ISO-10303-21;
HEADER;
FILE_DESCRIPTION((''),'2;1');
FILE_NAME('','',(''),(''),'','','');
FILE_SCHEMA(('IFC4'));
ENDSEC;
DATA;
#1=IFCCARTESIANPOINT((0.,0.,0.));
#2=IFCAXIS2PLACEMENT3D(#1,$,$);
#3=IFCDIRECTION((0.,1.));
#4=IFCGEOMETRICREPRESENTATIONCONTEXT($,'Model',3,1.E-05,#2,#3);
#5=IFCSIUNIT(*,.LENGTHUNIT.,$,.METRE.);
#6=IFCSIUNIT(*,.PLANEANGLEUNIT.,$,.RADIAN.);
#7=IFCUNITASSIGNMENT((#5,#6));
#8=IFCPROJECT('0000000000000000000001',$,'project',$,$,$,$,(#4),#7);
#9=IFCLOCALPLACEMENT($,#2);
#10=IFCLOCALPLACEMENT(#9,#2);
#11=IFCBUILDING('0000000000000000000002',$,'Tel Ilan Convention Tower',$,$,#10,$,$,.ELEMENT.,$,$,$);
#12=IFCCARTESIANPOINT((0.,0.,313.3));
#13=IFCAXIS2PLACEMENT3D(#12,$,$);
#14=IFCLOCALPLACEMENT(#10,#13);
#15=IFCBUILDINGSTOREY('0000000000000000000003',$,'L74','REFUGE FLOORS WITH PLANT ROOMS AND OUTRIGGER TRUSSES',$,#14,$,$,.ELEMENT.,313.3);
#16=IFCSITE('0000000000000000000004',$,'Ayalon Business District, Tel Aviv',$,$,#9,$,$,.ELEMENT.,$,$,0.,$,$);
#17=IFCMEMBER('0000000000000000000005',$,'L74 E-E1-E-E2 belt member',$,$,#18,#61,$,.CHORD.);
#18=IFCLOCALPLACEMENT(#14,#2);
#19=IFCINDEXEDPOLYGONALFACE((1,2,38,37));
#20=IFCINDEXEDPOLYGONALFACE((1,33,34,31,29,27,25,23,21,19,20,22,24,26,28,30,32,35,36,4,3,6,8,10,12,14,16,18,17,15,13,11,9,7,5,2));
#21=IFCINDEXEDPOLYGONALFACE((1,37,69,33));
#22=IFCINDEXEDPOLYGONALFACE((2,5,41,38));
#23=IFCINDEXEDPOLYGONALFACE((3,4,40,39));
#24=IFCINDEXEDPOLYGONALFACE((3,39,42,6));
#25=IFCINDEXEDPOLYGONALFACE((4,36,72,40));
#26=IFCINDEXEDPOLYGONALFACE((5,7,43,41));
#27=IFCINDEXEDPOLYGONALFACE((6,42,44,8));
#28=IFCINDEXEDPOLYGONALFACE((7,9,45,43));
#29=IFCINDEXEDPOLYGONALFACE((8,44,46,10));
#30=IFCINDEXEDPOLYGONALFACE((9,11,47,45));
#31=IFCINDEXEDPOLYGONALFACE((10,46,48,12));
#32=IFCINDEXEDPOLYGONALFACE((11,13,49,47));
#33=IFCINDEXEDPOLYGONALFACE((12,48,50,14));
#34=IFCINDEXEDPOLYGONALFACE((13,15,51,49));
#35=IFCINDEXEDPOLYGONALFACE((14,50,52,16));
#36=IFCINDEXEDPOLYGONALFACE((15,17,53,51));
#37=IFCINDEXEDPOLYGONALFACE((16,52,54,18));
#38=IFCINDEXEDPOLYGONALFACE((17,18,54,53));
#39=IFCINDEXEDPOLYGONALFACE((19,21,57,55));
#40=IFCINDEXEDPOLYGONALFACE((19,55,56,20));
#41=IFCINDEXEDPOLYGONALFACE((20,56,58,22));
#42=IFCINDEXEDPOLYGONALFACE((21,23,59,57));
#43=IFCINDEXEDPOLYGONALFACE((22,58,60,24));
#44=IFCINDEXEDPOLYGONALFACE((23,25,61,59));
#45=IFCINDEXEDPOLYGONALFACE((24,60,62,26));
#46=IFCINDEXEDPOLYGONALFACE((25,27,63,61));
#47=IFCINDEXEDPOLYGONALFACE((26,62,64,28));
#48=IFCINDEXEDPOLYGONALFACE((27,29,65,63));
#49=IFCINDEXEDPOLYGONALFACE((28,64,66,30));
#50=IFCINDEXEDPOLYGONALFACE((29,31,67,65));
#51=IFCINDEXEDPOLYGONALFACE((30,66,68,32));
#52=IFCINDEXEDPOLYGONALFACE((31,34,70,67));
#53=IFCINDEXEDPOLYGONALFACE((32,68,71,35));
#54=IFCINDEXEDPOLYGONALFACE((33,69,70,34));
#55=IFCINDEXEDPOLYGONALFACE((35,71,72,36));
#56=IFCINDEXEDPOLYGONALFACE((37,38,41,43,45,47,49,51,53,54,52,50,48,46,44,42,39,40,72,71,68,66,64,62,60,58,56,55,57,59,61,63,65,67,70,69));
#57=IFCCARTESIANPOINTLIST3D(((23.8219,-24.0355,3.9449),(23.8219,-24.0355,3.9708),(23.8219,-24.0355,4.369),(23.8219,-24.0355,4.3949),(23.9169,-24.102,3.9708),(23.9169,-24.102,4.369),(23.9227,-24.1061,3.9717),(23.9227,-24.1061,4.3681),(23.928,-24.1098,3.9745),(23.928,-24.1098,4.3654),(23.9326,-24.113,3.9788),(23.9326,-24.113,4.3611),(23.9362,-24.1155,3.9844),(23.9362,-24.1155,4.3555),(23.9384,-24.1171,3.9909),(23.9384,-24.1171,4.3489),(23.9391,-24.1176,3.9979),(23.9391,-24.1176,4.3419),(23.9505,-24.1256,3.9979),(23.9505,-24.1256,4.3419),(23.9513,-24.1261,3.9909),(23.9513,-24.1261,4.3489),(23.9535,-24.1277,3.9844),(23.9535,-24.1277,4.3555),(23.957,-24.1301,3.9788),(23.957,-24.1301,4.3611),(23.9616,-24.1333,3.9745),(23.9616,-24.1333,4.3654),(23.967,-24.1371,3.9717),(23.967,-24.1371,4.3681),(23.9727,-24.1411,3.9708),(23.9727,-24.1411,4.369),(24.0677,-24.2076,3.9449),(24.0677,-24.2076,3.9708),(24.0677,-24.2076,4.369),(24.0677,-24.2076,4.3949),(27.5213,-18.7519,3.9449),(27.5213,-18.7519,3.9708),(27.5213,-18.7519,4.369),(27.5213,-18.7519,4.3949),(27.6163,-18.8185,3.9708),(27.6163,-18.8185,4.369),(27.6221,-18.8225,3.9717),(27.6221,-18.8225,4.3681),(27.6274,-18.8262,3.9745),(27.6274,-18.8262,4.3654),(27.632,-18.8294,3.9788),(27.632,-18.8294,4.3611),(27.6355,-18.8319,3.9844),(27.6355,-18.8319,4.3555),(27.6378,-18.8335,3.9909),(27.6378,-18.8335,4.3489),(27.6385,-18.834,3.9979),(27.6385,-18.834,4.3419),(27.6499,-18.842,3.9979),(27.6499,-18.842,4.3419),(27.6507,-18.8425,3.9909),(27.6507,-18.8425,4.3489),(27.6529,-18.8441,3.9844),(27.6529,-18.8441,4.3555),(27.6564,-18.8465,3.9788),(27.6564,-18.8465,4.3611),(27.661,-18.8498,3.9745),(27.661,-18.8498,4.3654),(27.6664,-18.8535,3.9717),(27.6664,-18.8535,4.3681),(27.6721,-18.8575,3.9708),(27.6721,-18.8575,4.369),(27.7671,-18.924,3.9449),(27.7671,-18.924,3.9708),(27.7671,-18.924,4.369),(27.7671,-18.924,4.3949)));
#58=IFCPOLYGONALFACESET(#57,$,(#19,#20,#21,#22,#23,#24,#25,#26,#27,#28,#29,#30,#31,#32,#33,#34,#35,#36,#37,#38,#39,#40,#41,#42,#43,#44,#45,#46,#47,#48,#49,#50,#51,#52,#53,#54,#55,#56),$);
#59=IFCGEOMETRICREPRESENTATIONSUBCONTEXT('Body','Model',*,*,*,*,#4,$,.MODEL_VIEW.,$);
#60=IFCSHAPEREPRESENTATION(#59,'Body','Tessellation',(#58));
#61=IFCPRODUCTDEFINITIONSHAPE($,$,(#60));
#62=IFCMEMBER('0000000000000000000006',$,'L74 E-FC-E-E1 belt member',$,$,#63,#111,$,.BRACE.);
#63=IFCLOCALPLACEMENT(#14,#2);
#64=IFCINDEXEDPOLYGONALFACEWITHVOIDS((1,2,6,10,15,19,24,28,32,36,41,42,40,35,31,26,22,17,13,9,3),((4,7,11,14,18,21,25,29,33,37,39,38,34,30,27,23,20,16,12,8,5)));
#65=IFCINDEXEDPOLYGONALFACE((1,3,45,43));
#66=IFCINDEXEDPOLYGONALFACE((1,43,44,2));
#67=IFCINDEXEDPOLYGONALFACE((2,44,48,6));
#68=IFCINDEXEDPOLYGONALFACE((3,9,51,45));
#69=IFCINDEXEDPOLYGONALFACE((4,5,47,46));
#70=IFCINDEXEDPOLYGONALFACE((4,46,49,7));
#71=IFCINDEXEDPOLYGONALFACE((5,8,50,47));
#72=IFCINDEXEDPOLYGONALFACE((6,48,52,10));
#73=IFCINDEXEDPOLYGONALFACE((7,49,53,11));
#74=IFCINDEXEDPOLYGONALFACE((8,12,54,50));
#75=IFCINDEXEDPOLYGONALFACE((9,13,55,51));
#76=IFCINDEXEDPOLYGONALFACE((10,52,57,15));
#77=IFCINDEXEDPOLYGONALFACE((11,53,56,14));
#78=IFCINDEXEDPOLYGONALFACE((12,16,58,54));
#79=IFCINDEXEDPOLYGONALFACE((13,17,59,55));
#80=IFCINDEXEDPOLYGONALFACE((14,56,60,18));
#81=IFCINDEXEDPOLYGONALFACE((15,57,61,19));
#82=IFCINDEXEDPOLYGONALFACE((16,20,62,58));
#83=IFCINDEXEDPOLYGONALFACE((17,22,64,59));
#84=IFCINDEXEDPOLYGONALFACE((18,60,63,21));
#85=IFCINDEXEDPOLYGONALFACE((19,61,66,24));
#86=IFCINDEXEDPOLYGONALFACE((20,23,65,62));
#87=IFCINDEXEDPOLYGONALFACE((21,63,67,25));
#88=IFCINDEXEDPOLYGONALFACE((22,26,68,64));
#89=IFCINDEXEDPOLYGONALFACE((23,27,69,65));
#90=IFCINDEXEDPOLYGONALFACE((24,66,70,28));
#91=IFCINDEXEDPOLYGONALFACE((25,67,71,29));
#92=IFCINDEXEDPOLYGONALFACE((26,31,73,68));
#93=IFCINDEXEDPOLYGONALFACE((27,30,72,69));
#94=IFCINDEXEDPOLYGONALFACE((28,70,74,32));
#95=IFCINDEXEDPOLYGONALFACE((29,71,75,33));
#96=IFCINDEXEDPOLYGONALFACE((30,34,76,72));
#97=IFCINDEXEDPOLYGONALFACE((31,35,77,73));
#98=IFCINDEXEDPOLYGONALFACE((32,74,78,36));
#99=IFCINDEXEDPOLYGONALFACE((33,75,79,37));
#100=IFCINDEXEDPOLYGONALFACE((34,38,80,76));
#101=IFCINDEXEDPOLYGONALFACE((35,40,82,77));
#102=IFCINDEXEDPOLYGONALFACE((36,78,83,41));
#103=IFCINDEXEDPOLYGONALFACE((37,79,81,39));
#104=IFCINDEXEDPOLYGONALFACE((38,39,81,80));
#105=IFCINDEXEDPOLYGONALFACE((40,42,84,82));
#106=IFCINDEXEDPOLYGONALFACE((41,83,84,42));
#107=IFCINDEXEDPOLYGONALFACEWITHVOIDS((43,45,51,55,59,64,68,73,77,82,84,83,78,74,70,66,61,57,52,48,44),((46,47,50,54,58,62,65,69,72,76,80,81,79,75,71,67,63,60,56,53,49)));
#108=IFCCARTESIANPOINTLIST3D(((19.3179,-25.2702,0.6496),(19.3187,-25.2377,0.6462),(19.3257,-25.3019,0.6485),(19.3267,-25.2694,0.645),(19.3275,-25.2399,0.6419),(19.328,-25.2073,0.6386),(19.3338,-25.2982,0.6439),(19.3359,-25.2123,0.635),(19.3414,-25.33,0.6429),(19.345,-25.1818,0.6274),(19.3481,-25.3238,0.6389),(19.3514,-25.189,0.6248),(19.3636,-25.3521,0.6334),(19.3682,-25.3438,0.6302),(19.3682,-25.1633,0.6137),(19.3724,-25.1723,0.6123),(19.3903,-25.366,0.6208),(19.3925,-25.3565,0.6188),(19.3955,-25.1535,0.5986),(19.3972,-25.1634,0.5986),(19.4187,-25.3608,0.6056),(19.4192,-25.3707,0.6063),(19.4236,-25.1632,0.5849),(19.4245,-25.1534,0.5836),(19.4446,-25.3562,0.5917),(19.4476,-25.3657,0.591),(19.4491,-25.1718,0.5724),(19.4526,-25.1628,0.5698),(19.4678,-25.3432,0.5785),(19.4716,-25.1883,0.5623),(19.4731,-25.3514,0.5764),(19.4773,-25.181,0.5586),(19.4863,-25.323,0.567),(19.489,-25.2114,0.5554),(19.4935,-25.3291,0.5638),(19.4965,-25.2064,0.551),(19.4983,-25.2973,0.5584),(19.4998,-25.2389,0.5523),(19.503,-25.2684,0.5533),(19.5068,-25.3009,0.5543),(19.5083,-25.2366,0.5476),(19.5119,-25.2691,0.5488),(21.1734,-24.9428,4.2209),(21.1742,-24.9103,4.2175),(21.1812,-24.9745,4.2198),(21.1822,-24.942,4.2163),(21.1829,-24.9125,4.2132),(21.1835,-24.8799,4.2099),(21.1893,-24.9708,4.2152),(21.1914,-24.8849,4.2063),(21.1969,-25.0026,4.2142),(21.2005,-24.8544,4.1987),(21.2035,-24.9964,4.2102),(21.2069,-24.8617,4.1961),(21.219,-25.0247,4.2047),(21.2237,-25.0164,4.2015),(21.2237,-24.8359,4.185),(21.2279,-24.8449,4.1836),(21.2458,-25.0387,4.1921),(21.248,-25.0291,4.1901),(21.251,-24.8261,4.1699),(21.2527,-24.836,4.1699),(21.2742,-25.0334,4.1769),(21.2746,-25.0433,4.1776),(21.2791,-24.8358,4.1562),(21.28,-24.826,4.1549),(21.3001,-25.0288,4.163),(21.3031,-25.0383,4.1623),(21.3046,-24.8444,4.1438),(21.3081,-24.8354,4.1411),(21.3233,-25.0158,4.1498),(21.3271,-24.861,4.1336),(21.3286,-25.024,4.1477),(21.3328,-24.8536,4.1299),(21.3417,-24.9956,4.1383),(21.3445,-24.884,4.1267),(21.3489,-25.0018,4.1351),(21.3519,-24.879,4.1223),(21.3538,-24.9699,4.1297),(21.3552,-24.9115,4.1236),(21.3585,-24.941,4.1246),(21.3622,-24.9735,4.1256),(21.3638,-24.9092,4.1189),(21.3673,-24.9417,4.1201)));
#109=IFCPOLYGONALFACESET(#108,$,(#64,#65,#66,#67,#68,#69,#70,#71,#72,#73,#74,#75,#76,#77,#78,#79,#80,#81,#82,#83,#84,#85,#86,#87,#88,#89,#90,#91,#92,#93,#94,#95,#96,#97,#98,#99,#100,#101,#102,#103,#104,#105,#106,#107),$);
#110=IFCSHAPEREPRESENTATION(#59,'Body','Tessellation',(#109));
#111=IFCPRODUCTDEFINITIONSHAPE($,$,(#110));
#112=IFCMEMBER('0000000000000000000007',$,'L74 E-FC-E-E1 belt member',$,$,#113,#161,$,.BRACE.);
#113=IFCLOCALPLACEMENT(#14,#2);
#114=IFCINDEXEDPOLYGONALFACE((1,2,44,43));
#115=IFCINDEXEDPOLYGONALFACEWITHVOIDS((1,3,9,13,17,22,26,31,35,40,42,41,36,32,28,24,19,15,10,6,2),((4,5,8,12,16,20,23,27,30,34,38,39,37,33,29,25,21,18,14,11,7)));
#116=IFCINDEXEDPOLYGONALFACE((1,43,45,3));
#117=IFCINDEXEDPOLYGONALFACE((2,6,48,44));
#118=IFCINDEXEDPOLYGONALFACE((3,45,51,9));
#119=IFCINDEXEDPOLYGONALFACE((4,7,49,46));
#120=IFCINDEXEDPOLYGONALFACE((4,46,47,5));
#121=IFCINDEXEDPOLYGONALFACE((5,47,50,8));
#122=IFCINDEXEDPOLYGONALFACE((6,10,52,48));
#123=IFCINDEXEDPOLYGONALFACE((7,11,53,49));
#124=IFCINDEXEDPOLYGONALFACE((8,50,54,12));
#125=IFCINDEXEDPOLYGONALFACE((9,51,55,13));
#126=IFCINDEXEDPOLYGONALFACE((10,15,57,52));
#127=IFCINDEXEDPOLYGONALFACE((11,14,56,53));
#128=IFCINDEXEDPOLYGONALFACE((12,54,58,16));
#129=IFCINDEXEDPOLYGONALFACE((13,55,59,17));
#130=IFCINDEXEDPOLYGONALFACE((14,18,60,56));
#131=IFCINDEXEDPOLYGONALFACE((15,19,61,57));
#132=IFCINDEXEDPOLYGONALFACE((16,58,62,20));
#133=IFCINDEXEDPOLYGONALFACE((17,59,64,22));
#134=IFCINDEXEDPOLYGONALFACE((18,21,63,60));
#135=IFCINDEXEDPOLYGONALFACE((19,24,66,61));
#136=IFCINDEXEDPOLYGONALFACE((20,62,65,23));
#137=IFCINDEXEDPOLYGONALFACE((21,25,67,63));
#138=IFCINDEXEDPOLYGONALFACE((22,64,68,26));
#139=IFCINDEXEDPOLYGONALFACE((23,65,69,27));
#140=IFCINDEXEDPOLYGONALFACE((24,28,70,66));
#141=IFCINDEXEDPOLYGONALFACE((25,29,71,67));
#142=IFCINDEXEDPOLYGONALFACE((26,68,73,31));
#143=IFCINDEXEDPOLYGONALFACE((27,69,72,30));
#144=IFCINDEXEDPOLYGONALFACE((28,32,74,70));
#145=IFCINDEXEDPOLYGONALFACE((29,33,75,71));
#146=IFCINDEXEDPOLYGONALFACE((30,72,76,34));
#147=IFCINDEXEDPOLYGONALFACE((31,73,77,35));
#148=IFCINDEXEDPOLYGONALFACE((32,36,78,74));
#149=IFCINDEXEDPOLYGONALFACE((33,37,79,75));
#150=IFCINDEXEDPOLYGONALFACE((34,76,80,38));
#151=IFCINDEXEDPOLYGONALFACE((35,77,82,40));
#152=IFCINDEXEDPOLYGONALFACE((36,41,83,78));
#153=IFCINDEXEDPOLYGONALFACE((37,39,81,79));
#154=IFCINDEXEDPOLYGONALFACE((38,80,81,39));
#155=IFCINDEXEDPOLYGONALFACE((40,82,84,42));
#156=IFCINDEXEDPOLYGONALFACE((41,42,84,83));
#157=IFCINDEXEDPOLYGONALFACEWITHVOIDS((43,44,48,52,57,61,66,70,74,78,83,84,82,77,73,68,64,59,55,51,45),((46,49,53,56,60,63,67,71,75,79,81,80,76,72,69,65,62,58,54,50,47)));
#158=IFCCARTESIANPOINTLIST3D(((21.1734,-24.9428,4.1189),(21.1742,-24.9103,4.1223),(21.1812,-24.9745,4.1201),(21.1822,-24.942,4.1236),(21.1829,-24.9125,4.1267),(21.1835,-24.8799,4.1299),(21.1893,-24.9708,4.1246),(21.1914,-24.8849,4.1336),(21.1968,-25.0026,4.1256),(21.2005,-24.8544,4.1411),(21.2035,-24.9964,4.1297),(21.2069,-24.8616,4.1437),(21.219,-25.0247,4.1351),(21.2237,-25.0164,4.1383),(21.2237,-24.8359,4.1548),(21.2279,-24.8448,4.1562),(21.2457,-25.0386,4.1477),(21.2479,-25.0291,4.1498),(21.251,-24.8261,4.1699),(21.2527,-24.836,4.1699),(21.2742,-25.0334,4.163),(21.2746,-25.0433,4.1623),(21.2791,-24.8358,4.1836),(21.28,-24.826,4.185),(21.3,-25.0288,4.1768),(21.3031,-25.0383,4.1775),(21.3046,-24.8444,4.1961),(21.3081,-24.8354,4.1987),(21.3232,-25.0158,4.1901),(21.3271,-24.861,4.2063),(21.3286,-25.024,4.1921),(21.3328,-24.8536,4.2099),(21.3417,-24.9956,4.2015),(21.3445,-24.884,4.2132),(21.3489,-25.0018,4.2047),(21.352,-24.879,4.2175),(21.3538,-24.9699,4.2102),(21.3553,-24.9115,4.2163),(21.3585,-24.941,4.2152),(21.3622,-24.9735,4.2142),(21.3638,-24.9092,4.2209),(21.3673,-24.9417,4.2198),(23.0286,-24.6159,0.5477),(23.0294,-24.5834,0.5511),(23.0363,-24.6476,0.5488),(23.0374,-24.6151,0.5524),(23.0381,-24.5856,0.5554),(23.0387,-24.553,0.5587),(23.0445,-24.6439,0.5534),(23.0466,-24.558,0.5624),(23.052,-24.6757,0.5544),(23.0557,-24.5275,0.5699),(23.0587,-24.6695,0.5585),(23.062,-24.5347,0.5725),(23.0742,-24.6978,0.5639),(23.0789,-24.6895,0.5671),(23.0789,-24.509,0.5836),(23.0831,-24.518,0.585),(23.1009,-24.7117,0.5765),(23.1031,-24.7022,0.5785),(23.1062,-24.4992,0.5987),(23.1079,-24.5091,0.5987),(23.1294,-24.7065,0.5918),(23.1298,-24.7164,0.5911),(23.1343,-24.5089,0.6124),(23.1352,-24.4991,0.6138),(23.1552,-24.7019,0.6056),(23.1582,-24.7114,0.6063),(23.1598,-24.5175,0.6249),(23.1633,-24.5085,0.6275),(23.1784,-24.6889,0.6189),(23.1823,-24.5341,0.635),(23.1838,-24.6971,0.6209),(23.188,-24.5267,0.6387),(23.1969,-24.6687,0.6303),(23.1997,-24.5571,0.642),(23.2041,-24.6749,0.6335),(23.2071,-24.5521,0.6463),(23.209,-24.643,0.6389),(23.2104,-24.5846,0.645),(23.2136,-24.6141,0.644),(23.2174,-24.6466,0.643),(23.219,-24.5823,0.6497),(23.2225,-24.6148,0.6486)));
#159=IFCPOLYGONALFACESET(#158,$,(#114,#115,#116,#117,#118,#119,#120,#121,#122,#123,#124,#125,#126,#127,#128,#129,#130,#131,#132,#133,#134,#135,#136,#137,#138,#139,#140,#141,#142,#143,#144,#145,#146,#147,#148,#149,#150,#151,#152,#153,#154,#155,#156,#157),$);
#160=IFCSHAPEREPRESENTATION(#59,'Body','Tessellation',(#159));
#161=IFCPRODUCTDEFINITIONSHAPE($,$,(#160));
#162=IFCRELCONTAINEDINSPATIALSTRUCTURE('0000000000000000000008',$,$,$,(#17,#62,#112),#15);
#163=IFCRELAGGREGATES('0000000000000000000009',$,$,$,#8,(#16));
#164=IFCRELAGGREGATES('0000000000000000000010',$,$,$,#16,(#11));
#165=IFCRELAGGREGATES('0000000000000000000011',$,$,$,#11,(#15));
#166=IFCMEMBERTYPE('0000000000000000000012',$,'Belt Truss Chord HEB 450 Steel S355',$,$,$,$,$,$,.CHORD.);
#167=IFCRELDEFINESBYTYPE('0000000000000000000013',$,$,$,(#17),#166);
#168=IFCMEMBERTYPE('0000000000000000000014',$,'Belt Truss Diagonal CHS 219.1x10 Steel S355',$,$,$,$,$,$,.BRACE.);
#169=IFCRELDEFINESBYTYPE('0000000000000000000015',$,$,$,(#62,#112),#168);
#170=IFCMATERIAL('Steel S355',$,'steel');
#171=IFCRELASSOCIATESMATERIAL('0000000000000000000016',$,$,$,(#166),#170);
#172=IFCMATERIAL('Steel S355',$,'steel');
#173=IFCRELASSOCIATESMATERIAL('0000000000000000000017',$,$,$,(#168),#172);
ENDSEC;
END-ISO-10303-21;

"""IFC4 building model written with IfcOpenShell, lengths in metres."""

from ifc_helpers import new_model, si_unit, direction, frame, origin, origin_2d, place, context, subcontext, project, spatial, hollow_circle, i_section, extrude, material, material_profile, profile_set, type_object, element, save


model = new_model("IFC4")

# Units and contexts
model_context = context("Model", 3, precision=1e-05, world=origin(), true_north=direction((0.0, 1.0)))
body_context = subcontext(model_context, "Body", "Model", "MODEL_VIEW")
ifc_project = project(units=[si_unit("LENGTHUNIT", "METRE"), si_unit("PLANEANGLEUNIT", "RADIAN")], contexts=[model_context])

# Site, building, storey
site_placement = place(None, origin())
site = spatial("IfcSite", under=ifc_project, at=site_placement, Name="Ayalon Business District, Tel Aviv", CompositionType="ELEMENT", RefElevation=0.0)
building_placement = place(site_placement, origin())
building = spatial("IfcBuilding", under=site, at=building_placement, Name="Tel Ilan Convention Tower", CompositionType="ELEMENT")
storey_placement = place(building_placement, frame((0.0, 0.0, 313.3)))
storey = spatial("IfcBuildingStorey", under=building, at=storey_placement, Name="L74", Description="REFUGE FLOORS WITH PLANT ROOMS AND OUTRIGGER TRUSSES", CompositionType="ELEMENT", Elevation=313.3)

# Members
ifc_material_1 = material(Name="Steel S355", Category="steel")
ifc_material_profile_1 = material_profile(ifc_material_1, i_section(OverallWidth=0.3, OverallDepth=0.45, WebThickness=0.0139, FlangeThickness=0.0259, FilletRadius=0.0271, at=origin_2d()), Name="HEB 450")
ifc_profile_set_1 = profile_set([ifc_material_profile_1], Name="Steel S355")
member_type_1 = type_object("IfcMemberType", Name="Belt Truss Chord HEB 450 Steel S355", PredefinedType="CHORD", material=ifc_profile_set_1)
for number, where, z_axis, x_axis, name in (
    (1, (23.9448, -24.1216, 4.1699), (0.573554, 0.819168, 0.0), (-0.819168, 0.573554, 0.0), "L74 E-E1-E-E2 belt member"),
):
    element("IfcMember", number, at=place(storey_placement, frame(where, z_axis=z_axis, x_axis=x_axis)), inside=storey, type_object=member_type_1, Name=name, PredefinedType="CHORD", context=body_context, shape_type="SweptSolid", body=[
        extrude(i_section(OverallWidth=0.3, OverallDepth=0.45, WebThickness=0.0139, FlangeThickness=0.0259, FilletRadius=0.0271, at=origin_2d()), origin(), (0.0, 0.0, 1.0), 6.45),
    ])
ifc_material_2 = material(Name="Steel S355", Category="steel")
ifc_material_profile_2 = material_profile(ifc_material_2, hollow_circle(Radius=0.1096, WallThickness=0.01, at=origin_2d()), Name="CHS 219.1x10")
ifc_profile_set_2 = profile_set([ifc_material_profile_2], Name="Steel S355")
member_type_2 = type_object("IfcMemberType", Name="Belt Truss Diagonal CHS 219.1x10 Steel S355", PredefinedType="BRACE", material=ifc_profile_set_2)
member_1_placement = place(storey_placement, frame((19.4146, -25.2615, 0.5986), z_axis=(0.459521, 0.081081, 0.884458), x_axis=(-0.173763, 0.984787, 0.0)))
element("IfcMember", 2, at=member_1_placement, inside=storey, type_object=member_type_2, Name="L74 E-FC-E-E1 belt member", PredefinedType="BRACE", context=body_context, shape_type="SweptSolid", body=[
    extrude(hollow_circle(Radius=0.1096, WallThickness=0.01, at=origin_2d()), origin(), (0.0, 0.0, 1.0), 4.0378),
])
member_2_placement = place(storey_placement, frame((21.27, -24.9341, 4.1699), z_axis=(0.459478, 0.080963, -0.884491), x_axis=(-0.173534, 0.984828, 0.0)))
element("IfcMember", 3, at=member_2_placement, inside=storey, type_object=member_type_2, Name="L74 E-FC-E-E1 belt member", PredefinedType="BRACE", context=body_context, shape_type="SweptSolid", body=[
    extrude(hollow_circle(Radius=0.1096, WallThickness=0.01, at=origin_2d()), origin(), (0.0, 0.0, 1.0), 4.0376),
])

save(model, "model.ifc")
